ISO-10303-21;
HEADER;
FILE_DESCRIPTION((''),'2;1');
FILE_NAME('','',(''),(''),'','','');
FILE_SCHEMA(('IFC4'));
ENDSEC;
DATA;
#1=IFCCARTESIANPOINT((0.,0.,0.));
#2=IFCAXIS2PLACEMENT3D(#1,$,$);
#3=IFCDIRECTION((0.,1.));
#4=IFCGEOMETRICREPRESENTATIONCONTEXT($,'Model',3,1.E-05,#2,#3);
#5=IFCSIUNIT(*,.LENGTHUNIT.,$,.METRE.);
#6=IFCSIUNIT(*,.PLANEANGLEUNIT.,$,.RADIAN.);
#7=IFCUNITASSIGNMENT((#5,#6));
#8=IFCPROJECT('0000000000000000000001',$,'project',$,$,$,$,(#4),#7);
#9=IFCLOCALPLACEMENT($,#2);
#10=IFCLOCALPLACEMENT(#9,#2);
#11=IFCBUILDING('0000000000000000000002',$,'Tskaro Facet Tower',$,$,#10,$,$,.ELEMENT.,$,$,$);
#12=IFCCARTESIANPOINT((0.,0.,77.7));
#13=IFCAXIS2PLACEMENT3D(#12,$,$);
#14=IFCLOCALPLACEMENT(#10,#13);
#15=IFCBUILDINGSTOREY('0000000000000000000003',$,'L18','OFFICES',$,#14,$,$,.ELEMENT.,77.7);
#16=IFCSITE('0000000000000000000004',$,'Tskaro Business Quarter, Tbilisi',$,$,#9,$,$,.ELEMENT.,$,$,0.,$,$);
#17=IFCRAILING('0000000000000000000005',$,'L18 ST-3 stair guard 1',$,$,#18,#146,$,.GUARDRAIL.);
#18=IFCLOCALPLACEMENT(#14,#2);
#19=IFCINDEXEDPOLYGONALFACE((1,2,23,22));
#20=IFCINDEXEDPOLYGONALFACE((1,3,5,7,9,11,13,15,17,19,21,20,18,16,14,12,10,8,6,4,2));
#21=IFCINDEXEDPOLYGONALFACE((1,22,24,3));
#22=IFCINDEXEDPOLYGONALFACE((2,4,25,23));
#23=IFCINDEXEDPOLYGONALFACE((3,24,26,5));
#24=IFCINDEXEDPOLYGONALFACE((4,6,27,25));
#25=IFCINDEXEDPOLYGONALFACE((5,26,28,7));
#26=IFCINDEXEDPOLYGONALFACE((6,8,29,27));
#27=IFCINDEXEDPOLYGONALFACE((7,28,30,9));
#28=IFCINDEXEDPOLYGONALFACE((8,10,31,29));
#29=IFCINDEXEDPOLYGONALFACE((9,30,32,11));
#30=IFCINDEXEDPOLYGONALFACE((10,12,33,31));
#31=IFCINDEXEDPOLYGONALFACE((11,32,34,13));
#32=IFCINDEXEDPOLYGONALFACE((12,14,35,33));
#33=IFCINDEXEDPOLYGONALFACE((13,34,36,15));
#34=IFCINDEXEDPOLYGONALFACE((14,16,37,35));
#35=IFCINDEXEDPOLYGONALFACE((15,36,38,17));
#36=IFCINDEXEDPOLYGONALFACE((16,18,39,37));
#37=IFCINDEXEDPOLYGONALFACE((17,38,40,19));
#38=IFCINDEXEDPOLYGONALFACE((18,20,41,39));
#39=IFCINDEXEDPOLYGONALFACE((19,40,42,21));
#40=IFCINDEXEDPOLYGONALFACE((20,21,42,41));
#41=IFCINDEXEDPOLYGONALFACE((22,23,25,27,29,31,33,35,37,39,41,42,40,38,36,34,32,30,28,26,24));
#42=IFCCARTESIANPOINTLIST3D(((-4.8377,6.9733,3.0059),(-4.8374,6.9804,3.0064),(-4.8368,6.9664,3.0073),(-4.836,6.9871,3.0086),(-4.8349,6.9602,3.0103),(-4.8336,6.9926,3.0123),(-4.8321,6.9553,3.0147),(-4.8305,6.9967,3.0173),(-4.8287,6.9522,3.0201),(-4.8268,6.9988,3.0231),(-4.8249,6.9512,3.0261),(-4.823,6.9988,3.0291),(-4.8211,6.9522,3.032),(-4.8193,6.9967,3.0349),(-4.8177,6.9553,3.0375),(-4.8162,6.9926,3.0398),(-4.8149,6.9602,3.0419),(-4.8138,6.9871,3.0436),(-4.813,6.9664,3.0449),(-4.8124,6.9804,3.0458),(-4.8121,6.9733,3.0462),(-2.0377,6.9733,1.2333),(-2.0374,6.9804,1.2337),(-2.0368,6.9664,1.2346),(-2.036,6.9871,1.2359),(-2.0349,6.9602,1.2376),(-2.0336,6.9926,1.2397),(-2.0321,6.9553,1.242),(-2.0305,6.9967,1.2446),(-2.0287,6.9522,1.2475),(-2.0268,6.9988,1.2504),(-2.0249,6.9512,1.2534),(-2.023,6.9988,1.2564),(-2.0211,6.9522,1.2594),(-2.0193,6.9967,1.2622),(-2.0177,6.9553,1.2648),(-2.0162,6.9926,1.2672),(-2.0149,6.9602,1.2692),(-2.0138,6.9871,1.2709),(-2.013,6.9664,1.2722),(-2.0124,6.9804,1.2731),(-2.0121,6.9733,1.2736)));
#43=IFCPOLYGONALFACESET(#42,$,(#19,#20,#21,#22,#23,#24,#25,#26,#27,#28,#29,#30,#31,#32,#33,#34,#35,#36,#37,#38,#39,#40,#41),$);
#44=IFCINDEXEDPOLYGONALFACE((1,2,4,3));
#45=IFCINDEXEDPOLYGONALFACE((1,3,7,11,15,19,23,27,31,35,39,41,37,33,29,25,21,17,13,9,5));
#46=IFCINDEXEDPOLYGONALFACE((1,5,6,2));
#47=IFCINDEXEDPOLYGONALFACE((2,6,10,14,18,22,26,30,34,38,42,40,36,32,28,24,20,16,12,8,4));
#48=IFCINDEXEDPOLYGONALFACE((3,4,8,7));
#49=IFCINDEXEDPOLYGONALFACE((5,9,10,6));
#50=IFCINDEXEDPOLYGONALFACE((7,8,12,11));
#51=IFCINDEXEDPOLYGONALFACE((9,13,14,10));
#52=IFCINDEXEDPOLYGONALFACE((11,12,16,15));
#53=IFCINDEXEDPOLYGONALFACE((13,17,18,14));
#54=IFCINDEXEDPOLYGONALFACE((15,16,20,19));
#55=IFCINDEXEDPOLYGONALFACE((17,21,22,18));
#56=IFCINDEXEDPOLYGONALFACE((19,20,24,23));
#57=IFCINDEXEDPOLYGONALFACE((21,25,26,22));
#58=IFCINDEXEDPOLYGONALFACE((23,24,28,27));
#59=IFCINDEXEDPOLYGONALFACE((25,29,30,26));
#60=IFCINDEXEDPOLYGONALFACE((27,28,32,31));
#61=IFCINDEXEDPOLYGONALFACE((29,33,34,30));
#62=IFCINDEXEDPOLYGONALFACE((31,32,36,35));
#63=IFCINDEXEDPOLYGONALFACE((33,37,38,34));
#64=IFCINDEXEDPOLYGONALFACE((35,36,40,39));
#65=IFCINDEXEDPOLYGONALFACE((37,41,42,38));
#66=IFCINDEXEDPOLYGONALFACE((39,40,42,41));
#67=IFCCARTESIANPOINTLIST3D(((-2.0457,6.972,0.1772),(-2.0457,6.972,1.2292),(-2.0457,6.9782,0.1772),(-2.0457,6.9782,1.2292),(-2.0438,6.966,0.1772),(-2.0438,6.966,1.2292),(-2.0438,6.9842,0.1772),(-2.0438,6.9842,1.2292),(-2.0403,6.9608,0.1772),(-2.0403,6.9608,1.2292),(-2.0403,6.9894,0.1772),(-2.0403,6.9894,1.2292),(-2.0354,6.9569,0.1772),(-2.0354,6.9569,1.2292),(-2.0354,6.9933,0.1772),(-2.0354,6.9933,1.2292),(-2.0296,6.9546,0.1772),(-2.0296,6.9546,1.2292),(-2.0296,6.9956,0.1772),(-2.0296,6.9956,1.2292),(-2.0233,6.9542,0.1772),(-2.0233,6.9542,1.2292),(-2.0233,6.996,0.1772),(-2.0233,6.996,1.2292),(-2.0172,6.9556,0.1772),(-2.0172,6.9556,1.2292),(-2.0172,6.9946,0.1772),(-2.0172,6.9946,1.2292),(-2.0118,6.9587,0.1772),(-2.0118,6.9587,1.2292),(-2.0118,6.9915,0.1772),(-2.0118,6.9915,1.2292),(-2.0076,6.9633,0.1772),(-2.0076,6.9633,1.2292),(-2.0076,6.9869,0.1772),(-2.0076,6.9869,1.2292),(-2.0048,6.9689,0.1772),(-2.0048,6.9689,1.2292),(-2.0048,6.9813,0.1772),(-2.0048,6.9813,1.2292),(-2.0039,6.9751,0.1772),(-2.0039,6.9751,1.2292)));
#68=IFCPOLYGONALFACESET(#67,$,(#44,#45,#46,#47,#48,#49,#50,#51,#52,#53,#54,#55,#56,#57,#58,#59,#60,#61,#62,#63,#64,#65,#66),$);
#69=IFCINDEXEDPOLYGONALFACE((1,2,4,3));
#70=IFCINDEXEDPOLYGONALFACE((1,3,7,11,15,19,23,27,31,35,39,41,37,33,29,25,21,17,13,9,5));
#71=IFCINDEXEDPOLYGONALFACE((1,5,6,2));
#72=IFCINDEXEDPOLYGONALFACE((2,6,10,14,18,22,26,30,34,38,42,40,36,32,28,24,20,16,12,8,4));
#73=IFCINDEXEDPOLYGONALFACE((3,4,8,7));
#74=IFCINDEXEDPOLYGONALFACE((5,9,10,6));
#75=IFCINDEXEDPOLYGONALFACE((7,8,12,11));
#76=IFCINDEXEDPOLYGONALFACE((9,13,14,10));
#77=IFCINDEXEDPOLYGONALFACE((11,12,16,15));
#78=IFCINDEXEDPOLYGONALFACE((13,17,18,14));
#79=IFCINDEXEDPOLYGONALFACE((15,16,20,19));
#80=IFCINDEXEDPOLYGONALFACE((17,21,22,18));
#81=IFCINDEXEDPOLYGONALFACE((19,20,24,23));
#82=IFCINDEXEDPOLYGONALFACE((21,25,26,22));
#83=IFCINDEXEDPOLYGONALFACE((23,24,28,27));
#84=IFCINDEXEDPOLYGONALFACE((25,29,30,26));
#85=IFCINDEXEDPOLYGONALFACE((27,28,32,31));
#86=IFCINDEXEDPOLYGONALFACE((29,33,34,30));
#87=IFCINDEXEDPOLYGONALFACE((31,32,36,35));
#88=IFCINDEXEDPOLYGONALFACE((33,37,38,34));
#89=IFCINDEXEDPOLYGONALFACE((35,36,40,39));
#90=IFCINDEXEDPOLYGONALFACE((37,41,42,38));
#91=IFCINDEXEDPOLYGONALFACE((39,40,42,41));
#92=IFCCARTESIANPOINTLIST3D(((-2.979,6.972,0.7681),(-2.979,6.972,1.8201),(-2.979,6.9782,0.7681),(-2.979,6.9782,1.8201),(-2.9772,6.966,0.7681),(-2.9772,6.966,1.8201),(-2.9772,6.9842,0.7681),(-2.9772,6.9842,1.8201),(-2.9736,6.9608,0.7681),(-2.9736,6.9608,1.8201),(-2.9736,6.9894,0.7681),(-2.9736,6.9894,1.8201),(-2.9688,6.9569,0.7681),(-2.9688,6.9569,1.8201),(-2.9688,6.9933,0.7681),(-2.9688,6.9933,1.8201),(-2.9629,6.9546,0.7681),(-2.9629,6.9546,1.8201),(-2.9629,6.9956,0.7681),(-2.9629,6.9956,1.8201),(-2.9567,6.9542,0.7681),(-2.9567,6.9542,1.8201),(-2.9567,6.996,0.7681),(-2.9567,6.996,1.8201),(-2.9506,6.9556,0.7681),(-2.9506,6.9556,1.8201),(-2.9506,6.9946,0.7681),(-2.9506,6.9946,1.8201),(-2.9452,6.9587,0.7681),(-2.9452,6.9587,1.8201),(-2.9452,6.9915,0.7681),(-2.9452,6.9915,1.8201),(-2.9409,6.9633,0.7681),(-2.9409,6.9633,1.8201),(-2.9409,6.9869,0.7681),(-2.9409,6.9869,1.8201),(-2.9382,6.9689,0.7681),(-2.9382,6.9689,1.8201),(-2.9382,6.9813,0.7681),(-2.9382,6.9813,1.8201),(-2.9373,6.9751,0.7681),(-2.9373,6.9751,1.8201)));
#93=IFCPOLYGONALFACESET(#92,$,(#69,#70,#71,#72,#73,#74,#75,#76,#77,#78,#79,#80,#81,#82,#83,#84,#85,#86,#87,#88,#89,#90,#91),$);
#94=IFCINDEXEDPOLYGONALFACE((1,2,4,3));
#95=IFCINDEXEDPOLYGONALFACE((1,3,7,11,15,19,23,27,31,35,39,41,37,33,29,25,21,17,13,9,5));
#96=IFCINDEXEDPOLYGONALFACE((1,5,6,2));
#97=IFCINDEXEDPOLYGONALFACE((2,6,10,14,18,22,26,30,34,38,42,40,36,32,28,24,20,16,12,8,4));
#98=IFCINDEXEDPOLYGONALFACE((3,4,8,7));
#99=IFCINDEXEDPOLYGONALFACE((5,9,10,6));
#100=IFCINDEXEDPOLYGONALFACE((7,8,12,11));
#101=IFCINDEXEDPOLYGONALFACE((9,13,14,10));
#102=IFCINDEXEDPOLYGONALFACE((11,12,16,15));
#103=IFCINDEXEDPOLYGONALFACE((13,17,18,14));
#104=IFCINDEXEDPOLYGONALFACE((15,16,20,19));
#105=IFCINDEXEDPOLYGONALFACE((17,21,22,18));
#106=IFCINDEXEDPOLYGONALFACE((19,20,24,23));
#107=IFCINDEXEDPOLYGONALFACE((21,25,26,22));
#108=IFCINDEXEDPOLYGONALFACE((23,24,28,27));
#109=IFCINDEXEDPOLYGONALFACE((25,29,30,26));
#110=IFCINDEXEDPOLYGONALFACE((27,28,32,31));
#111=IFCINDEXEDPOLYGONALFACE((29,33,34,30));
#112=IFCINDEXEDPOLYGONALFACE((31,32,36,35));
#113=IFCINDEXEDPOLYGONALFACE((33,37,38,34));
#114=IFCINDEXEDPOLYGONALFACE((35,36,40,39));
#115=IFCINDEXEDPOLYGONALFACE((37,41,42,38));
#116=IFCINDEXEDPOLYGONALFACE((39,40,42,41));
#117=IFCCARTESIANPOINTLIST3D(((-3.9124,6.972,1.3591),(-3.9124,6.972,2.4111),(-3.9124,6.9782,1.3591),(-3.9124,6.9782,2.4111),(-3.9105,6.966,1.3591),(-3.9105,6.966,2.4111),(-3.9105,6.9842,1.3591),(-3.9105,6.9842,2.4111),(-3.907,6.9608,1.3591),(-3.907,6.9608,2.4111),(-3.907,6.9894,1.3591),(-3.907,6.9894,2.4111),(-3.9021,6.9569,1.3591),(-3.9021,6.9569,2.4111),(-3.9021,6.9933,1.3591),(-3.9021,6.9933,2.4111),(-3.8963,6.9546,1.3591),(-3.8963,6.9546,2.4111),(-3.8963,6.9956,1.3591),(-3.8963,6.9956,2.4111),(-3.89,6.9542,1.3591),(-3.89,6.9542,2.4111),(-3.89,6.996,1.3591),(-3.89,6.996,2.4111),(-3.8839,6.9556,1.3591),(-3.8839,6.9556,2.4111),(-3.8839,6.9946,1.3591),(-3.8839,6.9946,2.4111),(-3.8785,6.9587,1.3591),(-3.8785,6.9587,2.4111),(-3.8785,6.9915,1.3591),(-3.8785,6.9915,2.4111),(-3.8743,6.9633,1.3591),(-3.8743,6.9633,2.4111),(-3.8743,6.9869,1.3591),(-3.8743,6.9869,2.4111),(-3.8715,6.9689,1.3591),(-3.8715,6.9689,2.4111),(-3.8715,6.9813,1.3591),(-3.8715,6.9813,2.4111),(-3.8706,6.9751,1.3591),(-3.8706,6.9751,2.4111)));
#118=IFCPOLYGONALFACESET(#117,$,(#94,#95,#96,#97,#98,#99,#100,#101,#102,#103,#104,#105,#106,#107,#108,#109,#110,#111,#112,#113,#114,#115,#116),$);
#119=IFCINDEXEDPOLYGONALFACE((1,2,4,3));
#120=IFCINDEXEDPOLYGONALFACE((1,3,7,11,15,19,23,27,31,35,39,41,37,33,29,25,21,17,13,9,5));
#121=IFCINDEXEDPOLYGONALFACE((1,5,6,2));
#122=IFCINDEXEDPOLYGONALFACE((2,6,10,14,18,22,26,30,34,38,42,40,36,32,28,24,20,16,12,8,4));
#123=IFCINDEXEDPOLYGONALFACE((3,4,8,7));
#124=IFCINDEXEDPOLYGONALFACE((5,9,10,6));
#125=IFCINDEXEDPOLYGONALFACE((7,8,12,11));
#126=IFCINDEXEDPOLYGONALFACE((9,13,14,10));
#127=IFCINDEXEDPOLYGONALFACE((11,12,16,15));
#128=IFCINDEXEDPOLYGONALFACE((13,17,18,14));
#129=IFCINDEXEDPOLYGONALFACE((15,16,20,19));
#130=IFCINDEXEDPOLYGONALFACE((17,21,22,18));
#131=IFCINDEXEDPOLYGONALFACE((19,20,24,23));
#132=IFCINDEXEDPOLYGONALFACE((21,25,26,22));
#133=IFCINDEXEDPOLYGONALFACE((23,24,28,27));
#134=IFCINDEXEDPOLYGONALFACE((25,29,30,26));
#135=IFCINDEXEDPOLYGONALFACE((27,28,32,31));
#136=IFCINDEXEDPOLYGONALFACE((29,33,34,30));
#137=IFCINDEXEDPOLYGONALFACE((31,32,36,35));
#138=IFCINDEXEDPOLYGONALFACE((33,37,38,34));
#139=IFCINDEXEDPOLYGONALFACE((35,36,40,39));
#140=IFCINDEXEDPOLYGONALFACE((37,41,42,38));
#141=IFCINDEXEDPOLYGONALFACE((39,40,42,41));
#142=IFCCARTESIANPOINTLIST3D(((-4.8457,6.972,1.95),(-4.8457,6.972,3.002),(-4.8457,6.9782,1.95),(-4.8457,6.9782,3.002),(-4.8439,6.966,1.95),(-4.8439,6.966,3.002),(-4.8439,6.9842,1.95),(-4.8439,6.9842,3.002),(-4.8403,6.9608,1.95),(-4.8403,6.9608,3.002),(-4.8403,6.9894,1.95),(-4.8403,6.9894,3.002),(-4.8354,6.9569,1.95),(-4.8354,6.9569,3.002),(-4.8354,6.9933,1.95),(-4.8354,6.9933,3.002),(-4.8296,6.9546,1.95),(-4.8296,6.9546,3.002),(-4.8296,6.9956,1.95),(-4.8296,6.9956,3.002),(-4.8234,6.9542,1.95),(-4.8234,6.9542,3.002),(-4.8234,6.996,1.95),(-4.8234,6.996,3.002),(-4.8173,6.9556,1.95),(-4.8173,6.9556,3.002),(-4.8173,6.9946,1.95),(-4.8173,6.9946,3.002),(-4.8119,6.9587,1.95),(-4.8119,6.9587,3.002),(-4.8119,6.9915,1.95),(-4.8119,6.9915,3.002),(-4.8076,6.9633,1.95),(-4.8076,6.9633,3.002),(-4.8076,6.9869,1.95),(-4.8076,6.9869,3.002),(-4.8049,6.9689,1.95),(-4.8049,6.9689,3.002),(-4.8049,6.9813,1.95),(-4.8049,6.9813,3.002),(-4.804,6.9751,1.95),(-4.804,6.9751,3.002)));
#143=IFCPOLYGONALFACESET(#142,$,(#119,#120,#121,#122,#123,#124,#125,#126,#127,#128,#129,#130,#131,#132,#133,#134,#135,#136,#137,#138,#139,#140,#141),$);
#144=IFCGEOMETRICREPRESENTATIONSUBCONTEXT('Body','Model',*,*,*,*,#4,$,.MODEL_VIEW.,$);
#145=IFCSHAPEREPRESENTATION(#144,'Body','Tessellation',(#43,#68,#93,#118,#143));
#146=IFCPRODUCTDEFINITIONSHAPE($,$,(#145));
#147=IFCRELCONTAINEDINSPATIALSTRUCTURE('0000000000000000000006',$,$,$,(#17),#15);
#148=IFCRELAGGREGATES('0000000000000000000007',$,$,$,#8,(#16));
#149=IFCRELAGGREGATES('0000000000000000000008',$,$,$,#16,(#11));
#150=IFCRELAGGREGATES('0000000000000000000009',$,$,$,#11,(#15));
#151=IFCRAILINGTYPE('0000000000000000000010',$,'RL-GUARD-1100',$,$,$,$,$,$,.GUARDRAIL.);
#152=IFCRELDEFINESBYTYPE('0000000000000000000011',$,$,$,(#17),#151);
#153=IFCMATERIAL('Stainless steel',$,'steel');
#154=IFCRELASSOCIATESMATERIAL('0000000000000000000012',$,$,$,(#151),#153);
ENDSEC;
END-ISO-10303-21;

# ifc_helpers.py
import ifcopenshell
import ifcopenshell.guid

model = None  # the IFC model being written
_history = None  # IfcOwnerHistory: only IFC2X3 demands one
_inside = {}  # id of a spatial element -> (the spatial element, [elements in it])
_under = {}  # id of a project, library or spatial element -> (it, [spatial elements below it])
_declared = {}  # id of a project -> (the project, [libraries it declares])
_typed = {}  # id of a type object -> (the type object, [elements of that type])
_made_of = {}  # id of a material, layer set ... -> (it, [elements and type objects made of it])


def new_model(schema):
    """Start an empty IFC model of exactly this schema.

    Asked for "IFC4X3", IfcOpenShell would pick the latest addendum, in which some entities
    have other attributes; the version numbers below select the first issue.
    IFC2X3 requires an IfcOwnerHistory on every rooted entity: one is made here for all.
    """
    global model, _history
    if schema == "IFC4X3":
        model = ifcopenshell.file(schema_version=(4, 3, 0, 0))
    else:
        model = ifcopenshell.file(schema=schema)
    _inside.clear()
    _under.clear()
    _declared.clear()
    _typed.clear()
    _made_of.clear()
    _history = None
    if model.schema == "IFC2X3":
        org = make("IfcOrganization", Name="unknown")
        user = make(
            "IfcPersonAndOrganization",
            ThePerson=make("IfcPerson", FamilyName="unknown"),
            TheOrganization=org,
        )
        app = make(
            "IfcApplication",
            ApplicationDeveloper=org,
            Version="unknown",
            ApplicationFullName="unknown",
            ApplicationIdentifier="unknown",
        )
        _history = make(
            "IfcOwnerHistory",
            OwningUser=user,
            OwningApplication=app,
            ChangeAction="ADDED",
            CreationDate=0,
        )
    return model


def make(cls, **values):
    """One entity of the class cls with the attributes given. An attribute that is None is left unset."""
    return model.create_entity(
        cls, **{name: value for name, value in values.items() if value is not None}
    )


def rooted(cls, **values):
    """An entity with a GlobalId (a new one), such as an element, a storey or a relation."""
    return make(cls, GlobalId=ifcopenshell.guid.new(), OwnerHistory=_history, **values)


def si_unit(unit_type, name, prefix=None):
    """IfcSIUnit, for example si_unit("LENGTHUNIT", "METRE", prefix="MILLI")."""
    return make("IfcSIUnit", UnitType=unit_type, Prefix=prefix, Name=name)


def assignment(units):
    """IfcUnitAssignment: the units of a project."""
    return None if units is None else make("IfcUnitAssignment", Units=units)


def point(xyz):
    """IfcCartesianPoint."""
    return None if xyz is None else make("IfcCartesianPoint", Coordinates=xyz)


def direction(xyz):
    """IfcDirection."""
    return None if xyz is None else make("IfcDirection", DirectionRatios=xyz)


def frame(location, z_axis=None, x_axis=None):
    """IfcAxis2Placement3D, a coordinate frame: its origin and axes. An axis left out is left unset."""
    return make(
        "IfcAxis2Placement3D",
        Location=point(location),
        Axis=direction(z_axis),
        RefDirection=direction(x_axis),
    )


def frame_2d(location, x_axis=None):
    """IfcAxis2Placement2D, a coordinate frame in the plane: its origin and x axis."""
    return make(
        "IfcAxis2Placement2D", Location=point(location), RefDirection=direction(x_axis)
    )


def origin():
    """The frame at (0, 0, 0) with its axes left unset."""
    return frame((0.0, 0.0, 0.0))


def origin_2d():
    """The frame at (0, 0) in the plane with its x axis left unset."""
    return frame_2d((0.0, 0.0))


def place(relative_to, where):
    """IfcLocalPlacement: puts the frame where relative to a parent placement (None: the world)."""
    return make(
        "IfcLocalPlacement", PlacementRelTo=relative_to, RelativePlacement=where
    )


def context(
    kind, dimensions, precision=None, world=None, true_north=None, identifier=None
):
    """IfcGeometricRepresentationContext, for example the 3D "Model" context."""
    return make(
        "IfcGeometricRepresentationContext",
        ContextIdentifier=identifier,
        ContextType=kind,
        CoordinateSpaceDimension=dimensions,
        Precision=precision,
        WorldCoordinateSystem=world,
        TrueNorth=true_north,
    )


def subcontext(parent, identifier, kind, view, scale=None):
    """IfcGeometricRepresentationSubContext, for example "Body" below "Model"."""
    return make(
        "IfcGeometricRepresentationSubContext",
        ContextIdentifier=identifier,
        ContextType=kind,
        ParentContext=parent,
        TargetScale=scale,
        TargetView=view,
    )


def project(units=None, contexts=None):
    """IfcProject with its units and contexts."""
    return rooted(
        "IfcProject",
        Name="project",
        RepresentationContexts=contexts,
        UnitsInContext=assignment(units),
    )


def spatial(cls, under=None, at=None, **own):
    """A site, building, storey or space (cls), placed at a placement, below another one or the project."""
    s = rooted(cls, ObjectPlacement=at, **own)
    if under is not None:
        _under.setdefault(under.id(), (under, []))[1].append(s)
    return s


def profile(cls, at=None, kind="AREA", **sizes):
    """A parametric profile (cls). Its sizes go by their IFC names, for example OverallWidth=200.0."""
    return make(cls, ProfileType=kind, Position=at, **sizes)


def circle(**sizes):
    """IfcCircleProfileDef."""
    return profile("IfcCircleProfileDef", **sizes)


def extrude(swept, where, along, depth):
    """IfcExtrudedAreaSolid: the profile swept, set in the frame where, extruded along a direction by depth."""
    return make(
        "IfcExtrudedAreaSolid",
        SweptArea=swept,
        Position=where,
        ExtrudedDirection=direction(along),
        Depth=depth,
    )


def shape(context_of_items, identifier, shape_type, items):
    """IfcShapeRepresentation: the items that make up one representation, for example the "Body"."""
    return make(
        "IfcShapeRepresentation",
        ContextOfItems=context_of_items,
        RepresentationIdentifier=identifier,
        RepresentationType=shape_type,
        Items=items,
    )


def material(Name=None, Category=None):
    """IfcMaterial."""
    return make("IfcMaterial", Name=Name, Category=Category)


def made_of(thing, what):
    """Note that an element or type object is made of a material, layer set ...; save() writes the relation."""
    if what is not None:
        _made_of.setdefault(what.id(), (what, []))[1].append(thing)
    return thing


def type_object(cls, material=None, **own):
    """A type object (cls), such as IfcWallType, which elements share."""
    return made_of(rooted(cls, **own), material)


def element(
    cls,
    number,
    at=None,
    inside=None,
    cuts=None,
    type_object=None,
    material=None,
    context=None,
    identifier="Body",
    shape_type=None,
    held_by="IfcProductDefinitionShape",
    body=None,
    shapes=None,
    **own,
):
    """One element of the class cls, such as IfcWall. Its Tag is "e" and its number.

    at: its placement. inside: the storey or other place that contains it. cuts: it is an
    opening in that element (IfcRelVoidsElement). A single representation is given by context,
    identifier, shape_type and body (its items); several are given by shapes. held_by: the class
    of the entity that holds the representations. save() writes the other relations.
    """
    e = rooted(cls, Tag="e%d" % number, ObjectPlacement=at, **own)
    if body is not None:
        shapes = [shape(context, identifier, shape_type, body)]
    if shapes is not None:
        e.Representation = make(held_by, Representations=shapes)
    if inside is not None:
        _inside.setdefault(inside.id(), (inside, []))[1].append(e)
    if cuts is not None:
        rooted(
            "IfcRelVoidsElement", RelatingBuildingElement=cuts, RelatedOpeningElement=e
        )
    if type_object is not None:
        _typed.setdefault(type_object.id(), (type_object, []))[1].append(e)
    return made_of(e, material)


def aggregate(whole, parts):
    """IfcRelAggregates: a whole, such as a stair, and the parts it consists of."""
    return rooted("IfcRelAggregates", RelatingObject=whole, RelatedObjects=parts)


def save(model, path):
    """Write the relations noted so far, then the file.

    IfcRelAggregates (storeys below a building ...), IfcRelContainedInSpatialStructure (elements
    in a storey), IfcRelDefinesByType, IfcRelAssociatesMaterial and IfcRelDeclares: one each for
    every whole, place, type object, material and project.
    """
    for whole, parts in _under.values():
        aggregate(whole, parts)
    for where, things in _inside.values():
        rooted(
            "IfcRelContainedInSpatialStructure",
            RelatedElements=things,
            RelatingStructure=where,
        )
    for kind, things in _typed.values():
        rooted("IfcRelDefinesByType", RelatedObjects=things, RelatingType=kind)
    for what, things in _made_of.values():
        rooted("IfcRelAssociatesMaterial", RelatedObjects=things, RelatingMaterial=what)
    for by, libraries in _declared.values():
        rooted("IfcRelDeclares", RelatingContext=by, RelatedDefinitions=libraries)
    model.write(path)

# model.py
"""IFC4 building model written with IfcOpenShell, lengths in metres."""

from ifc_helpers import new_model, si_unit, direction, frame, origin, origin_2d, place, context, subcontext, project, spatial, circle, extrude, material, type_object, element, save


model = new_model("IFC4")

# Units and contexts
model_context = context("Model", 3, precision=1e-05, world=origin(), true_north=direction((0.0, 1.0)))
body_context = subcontext(model_context, "Body", "Model", "MODEL_VIEW")
ifc_project = project(units=[si_unit("LENGTHUNIT", "METRE"), si_unit("PLANEANGLEUNIT", "RADIAN")], contexts=[model_context])

# Site, building, storey
site_placement = place(None, origin())
site = spatial("IfcSite", under=ifc_project, at=site_placement, Name="Tskaro Business Quarter, Tbilisi", CompositionType="ELEMENT", RefElevation=0.0)
building_placement = place(site_placement, origin())
building = spatial("IfcBuilding", under=site, at=building_placement, Name="Tskaro Facet Tower", CompositionType="ELEMENT")
storey_placement = place(building_placement, frame((0.0, 0.0, 77.7)))
storey = spatial("IfcBuildingStorey", under=building, at=storey_placement, Name="L18", Description="OFFICES", CompositionType="ELEMENT", Elevation=77.7)

# Railing
ifc_material_1 = material(Name="Stainless steel", Category="steel")
railing_type_1 = type_object("IfcRailingType", Name="RL-GUARD-1100", PredefinedType="GUARDRAIL", material=ifc_material_1)
railing_1_placement = place(storey_placement, frame((-2.0249, 6.9751, 0.1772)))
element("IfcRailing", 1, at=railing_1_placement, inside=storey, type_object=railing_type_1, Name="L18 ST-3 stair guard 1", PredefinedType="GUARDRAIL", context=body_context, shape_type="SweptSolid", body=[
    extrude(circle(Radius=0.0239, at=origin_2d()), frame((0.0, 0.0, 1.0762), z_axis=(-0.844909, 0.0, 0.53491), x_axis=(0.0, -1.0, 0.0)), (0.0, 0.0, 1.0), 3.314),
    extrude(circle(Radius=0.021, at=origin_2d()), origin(), (0.0, 0.0, 1.0), 1.052),
    extrude(circle(Radius=0.021, at=origin_2d()), frame((-0.9333, 0.0, 0.5908)), (0.0, 0.0, 1.0), 1.052),
    extrude(circle(Radius=0.021, at=origin_2d()), frame((-1.8667, 0.0, 1.1819)), (0.0, 0.0, 1.0), 1.052),
    extrude(circle(Radius=0.021, at=origin_2d()), frame((-2.8, 0.0, 1.7727)), (0.0, 0.0, 1.0), 1.052),
])

save(model, "model.ifc")
